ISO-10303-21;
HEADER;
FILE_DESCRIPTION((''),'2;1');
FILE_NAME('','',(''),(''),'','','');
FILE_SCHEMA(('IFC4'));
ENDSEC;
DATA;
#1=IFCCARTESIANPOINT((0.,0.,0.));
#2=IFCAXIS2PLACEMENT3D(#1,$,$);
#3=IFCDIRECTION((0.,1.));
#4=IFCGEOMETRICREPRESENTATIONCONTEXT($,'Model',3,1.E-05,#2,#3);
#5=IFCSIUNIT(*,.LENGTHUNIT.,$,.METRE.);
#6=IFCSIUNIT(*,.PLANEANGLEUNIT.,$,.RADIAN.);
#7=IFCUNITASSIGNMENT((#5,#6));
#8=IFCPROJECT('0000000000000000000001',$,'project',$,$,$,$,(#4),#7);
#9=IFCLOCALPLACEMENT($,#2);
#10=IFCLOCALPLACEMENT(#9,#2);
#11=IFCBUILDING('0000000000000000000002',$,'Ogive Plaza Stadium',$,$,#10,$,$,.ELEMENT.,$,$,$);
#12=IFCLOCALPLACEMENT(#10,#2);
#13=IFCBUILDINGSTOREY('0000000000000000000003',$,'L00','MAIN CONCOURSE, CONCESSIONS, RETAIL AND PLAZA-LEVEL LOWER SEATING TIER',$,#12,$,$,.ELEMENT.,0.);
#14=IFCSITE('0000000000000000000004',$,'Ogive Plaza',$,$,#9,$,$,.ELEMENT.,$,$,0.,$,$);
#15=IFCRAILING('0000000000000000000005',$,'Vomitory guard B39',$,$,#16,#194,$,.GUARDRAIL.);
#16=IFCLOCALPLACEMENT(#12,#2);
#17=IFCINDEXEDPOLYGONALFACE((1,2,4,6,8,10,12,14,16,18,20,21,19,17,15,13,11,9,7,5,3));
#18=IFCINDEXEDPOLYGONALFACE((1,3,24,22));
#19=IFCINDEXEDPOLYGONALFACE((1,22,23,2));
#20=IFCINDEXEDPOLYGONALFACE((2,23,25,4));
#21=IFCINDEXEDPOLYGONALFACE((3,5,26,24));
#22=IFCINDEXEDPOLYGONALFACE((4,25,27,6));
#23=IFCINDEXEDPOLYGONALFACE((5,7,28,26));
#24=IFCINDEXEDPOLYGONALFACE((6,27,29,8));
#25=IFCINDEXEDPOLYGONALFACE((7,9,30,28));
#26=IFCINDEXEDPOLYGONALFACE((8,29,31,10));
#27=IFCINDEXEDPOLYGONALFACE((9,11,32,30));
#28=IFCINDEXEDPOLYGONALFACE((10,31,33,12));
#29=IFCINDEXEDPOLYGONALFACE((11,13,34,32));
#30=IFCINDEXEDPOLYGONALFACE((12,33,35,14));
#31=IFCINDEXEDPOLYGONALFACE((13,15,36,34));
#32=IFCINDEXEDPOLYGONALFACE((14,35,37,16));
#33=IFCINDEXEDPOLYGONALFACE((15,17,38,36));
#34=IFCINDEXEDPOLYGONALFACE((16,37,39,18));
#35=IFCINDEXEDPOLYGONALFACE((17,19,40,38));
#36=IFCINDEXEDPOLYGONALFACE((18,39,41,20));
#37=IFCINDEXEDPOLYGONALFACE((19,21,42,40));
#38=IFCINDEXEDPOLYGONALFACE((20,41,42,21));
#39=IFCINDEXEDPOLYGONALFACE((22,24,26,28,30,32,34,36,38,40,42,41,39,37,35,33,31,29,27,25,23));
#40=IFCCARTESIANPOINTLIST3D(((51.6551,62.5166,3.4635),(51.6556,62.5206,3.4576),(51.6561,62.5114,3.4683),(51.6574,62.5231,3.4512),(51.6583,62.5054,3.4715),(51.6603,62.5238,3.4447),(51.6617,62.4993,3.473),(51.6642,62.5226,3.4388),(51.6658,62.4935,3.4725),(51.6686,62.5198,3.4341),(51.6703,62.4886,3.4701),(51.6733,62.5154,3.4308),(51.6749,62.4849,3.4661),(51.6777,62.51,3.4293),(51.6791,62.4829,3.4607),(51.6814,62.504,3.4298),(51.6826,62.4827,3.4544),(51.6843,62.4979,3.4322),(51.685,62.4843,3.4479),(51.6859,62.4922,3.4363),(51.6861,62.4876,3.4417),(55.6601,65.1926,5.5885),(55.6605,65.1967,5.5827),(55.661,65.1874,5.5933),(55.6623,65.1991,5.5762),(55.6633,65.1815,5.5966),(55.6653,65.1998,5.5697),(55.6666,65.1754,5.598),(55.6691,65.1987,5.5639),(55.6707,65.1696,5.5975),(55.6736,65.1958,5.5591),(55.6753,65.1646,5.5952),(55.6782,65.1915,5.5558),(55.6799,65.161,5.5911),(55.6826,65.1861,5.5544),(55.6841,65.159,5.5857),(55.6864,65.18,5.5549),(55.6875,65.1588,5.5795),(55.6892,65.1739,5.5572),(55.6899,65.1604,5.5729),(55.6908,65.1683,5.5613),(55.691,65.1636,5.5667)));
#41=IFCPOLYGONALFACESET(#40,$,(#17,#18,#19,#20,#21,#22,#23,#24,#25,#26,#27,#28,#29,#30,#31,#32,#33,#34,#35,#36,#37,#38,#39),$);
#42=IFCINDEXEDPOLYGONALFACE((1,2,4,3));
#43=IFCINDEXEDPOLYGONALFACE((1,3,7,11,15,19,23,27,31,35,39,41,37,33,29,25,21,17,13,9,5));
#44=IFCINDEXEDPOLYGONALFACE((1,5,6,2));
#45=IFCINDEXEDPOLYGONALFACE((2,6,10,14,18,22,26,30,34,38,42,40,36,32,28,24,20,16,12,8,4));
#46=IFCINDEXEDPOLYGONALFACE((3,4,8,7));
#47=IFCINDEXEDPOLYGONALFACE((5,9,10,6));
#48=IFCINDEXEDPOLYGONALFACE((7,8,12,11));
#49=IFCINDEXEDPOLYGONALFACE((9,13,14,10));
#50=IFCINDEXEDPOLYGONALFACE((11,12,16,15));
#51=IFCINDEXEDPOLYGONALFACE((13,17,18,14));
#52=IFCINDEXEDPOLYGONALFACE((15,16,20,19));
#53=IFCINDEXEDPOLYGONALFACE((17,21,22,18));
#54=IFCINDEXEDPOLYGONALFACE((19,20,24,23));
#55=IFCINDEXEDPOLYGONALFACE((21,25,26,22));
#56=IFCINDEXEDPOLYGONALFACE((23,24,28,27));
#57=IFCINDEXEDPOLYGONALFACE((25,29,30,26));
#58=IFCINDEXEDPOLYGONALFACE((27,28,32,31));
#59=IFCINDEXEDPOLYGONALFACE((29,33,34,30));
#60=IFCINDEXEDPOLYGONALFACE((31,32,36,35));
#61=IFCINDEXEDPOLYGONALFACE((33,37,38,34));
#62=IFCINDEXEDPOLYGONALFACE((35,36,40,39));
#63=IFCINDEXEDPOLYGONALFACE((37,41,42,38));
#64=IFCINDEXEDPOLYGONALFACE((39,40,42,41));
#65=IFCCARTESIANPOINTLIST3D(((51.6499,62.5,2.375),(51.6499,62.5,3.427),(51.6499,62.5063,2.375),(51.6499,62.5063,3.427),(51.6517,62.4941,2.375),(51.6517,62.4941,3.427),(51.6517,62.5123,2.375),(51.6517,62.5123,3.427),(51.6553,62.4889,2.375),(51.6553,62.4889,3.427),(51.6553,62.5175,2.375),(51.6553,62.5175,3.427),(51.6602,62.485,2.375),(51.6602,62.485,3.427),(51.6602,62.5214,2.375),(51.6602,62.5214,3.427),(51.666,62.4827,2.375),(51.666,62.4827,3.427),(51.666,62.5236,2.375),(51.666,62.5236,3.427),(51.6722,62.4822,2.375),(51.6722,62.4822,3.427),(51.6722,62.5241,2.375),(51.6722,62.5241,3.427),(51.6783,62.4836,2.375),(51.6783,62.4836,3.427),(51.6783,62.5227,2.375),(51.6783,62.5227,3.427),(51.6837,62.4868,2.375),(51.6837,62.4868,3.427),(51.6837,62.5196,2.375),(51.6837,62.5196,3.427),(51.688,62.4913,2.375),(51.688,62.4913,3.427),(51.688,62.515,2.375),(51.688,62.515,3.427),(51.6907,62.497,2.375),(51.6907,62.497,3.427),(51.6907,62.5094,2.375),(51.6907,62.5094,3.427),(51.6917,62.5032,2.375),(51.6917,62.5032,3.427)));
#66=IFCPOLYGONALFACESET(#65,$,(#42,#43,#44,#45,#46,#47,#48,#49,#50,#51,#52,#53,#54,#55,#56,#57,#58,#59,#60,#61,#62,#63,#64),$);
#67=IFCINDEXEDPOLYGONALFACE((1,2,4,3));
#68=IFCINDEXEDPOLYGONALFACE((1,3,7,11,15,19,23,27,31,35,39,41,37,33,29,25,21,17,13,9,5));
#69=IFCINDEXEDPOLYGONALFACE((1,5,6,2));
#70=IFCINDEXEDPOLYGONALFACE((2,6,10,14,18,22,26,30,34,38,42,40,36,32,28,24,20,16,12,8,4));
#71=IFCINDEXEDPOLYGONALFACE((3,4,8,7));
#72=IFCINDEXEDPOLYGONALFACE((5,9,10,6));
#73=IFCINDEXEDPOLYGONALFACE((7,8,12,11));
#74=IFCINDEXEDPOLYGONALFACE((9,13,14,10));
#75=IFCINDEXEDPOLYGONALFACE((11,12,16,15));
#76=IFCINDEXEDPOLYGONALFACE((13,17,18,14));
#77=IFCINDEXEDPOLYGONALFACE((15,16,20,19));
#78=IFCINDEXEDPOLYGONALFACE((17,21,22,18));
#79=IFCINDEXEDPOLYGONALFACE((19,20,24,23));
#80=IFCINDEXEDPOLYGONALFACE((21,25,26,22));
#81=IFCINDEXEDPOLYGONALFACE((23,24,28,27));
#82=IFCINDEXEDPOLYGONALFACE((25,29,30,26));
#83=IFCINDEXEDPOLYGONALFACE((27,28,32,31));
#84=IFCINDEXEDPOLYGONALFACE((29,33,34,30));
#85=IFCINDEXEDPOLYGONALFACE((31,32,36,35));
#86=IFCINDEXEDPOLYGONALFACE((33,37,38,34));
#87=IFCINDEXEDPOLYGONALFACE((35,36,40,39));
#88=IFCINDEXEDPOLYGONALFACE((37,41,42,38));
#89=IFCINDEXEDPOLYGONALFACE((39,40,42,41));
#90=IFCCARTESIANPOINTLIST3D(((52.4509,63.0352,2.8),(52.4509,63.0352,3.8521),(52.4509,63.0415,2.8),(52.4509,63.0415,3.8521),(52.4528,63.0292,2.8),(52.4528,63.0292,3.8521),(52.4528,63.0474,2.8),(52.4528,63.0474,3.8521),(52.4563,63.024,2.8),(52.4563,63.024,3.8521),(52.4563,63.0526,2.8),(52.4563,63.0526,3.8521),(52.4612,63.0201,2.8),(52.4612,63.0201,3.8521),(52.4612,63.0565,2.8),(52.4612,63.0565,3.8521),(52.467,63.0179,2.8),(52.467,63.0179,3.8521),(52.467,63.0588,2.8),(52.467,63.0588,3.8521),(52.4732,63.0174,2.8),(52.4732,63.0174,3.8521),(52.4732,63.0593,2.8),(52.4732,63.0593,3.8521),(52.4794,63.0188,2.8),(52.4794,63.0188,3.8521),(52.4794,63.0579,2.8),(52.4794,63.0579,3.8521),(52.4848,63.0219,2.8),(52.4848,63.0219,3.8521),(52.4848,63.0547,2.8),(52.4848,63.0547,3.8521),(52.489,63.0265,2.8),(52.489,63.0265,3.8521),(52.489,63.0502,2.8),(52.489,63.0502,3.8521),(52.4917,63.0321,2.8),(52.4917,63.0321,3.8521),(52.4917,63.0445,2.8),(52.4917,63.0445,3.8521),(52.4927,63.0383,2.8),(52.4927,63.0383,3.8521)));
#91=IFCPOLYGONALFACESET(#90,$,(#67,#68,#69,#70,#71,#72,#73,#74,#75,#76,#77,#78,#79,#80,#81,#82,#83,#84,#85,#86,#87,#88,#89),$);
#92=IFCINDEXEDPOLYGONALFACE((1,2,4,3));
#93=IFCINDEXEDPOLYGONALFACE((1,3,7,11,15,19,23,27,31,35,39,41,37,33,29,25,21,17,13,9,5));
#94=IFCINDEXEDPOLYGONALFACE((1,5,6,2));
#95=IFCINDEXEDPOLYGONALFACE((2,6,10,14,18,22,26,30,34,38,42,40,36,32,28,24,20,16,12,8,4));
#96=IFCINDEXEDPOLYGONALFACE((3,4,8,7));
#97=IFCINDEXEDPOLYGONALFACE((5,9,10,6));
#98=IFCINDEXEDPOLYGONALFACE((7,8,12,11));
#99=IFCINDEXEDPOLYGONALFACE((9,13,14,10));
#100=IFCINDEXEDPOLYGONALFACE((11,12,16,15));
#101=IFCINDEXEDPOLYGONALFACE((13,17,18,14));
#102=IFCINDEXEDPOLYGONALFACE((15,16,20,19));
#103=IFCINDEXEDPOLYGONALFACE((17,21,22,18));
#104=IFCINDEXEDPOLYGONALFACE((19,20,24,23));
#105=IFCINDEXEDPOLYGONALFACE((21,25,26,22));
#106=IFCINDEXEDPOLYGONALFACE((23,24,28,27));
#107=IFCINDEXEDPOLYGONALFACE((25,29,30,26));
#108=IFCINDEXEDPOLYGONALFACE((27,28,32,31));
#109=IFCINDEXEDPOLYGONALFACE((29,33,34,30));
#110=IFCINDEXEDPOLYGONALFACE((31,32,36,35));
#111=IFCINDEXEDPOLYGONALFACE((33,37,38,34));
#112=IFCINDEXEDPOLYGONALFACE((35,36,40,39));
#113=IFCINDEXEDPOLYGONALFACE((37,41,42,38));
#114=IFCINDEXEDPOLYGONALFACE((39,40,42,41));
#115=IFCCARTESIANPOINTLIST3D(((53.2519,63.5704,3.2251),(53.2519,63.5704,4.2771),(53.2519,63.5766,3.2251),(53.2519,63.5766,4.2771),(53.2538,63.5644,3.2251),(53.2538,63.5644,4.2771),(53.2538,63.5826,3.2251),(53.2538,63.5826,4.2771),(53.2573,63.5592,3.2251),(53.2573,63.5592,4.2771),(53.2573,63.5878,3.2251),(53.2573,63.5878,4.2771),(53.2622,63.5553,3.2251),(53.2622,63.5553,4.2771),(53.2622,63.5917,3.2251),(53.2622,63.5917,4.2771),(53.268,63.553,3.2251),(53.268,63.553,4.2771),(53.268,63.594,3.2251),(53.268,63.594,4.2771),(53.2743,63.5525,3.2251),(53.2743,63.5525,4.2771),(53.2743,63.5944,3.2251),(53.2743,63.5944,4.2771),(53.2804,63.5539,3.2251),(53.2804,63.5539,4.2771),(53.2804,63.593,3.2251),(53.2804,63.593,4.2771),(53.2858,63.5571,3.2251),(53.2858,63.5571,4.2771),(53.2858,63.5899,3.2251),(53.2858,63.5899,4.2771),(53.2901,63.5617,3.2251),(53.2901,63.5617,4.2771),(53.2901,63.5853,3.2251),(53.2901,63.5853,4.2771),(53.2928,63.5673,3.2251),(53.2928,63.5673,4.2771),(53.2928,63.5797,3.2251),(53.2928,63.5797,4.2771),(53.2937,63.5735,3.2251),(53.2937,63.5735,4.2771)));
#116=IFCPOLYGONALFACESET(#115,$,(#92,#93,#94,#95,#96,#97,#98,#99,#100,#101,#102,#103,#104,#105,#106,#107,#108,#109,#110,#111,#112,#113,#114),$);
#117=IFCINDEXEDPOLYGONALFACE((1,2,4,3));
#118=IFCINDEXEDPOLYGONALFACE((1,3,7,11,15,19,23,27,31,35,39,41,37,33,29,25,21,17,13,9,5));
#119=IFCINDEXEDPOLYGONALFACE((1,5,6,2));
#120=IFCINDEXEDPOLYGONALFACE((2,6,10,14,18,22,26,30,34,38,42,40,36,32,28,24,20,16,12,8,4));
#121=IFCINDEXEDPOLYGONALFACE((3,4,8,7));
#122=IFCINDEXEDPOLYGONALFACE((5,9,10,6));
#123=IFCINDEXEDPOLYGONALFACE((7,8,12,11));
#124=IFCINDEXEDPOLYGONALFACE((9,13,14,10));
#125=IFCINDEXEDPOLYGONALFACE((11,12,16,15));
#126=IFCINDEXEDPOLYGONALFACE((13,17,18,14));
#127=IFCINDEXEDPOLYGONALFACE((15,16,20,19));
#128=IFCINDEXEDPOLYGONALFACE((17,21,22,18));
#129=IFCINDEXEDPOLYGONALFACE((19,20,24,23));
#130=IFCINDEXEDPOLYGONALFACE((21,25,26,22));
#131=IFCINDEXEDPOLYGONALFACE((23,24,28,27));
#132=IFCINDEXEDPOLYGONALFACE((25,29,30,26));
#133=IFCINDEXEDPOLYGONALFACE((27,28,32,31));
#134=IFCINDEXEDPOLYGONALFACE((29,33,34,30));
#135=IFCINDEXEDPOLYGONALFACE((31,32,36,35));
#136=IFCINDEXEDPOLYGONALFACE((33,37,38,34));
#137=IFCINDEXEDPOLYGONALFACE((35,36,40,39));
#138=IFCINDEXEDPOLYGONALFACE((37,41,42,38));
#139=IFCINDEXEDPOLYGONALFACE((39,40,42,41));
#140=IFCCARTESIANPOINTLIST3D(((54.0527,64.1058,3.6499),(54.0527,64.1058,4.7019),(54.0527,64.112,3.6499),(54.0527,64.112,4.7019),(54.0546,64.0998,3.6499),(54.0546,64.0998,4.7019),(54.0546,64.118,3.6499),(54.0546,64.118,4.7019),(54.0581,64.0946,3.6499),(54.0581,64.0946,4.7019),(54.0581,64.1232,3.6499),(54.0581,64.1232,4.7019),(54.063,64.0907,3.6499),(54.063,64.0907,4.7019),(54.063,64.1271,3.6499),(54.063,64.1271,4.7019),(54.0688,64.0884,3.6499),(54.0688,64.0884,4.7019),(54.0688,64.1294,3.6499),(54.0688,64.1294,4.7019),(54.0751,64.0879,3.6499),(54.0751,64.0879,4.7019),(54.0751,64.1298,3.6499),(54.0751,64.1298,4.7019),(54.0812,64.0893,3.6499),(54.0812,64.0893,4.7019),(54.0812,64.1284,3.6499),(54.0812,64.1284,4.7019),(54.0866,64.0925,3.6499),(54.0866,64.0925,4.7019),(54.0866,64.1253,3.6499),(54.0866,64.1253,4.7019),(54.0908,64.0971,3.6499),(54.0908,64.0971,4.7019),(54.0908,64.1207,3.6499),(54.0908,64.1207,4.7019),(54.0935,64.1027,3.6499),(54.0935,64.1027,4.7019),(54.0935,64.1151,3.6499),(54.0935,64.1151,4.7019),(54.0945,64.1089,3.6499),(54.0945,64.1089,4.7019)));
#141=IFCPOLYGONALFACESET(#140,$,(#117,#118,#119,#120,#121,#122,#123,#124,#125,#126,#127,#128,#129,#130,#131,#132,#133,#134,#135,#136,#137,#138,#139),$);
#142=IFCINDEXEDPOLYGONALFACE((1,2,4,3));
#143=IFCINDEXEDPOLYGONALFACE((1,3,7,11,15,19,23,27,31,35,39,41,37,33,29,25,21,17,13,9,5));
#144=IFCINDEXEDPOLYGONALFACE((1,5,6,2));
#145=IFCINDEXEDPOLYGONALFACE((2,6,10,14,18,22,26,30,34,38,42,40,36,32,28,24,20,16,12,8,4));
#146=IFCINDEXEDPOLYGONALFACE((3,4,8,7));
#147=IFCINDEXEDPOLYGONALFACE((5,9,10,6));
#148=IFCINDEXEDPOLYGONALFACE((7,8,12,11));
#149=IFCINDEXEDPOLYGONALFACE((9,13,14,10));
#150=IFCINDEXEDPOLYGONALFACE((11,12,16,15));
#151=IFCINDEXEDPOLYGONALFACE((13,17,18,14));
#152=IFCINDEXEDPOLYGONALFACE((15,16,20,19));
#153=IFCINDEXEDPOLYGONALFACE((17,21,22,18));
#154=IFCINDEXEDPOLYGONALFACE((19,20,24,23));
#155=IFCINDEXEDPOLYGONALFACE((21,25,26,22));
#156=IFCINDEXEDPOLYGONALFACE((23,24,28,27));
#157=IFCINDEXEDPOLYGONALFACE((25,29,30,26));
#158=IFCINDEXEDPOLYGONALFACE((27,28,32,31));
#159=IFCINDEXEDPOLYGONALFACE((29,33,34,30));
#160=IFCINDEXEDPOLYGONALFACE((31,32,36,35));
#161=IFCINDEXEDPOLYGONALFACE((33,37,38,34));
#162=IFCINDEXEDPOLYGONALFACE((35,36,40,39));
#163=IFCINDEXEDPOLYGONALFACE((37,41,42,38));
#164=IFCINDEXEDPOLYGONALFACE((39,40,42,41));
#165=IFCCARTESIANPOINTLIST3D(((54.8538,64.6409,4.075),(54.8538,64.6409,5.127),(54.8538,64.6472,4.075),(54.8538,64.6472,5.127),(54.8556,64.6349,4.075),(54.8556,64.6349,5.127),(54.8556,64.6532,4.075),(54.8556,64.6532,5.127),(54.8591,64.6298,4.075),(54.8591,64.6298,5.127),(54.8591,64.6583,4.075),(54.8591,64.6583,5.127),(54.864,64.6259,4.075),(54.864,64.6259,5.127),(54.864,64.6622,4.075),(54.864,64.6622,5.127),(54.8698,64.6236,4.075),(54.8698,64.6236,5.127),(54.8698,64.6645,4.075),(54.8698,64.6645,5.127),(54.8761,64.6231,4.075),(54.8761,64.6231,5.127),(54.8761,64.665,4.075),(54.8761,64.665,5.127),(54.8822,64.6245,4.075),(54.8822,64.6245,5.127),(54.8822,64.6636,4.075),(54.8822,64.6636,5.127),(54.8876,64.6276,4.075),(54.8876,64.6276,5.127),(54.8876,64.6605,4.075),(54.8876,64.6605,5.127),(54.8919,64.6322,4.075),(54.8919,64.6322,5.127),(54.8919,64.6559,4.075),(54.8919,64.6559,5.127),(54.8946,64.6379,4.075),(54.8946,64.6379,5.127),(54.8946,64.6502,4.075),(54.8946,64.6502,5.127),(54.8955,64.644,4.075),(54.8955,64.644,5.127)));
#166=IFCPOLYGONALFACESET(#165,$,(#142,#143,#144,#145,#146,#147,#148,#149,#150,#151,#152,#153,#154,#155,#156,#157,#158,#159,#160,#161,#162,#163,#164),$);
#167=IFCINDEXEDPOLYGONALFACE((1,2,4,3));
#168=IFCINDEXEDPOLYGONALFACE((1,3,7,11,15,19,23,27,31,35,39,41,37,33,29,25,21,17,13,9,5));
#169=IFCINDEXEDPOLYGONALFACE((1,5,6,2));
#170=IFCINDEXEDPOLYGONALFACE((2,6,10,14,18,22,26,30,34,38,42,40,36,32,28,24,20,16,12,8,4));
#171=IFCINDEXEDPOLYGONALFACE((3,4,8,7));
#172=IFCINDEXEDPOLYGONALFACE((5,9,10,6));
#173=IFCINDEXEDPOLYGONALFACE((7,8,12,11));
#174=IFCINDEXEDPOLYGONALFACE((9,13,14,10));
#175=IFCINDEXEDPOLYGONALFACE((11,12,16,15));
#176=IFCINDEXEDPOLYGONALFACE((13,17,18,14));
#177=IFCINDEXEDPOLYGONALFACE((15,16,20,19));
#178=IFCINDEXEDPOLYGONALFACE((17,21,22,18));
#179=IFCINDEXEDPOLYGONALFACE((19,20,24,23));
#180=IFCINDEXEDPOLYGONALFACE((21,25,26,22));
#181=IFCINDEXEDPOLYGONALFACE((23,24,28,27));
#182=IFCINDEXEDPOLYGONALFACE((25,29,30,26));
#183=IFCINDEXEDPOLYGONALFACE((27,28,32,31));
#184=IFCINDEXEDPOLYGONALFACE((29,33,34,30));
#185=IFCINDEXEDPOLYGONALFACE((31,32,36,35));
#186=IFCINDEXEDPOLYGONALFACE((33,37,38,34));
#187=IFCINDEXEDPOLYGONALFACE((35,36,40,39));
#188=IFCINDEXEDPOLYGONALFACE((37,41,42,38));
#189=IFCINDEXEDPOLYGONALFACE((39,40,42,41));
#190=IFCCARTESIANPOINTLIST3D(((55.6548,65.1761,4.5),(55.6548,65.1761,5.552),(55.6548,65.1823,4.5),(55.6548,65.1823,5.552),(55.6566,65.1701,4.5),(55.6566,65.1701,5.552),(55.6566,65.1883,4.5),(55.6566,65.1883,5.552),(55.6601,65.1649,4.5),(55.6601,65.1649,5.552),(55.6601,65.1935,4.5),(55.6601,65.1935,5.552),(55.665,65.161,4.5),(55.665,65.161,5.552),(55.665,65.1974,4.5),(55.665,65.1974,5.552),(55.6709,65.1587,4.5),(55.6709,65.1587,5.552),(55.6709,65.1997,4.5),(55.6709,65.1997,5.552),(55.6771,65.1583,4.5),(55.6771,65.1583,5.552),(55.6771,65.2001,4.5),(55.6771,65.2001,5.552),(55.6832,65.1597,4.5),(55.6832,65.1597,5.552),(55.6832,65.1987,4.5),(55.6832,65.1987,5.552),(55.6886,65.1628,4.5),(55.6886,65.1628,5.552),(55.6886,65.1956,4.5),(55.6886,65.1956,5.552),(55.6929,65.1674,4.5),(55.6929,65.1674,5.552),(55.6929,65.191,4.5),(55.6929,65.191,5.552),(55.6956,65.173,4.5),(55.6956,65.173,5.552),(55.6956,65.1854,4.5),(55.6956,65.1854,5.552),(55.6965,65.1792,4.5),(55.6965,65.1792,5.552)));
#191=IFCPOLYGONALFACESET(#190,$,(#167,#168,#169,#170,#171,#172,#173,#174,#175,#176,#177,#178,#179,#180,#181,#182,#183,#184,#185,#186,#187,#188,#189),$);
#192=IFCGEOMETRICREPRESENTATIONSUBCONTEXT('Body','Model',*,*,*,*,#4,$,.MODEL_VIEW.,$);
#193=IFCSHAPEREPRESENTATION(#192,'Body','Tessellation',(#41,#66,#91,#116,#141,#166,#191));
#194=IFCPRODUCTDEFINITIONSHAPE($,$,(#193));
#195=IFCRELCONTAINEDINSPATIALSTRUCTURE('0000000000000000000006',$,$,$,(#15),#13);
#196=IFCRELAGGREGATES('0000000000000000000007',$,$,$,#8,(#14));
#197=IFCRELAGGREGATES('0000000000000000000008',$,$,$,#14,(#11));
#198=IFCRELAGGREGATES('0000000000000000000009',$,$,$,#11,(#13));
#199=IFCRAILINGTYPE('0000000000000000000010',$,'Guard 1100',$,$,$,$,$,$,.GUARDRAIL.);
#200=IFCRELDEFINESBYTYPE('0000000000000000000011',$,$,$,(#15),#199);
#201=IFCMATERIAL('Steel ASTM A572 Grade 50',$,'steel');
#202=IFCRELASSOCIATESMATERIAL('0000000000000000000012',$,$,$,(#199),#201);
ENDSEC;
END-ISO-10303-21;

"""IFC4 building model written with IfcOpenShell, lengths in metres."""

from ifc_helpers import new_model, si_unit, direction, frame, origin, origin_2d, place, context, subcontext, project, spatial, circle, extrude, material, type_object, element, save


model = new_model("IFC4")

# Units and contexts
model_context = context("Model", 3, precision=1e-05, world=origin(), true_north=direction((0.0, 1.0)))
body_context = subcontext(model_context, "Body", "Model", "MODEL_VIEW")
ifc_project = project(units=[si_unit("LENGTHUNIT", "METRE"), si_unit("PLANEANGLEUNIT", "RADIAN")], contexts=[model_context])

# Site, building, storey
site_placement = place(None, origin())
site = spatial("IfcSite", under=ifc_project, at=site_placement, Name="Ogive Plaza", CompositionType="ELEMENT", RefElevation=0.0)
building_placement = place(site_placement, origin())
building = spatial("IfcBuilding", under=site, at=building_placement, Name="Ogive Plaza Stadium", CompositionType="ELEMENT")
storey_placement = place(building_placement, origin())
storey = spatial("IfcBuildingStorey", under=building, at=storey_placement, Name="L00", Description="MAIN CONCOURSE, CONCESSIONS, RETAIL AND PLAZA-LEVEL LOWER SEATING TIER", CompositionType="ELEMENT", Elevation=0.0)

# Railing
ifc_material_1 = material(Name="Steel ASTM A572 Grade 50", Category="steel")
railing_type = type_object("IfcRailingType", Name="Guard 1100", PredefinedType="GUARDRAIL", material=ifc_material_1)
for number, where, name in (
    (1, (51.6707, 62.5032, 2.375), "Vomitory guard B39"),
):
    element("IfcRailing", number, at=place(storey_placement, frame(where)), inside=storey, type_object=railing_type, Name=name, PredefinedType="GUARDRAIL", context=body_context, shape_type="SweptSolid", body=[
        extrude(circle(Radius=0.0239, at=origin_2d()), frame((0.0, 0.0, 1.0762), z_axis=(0.760722, 0.508307, 0.403641), x_axis=(-0.555577, 0.831465, 0.0)), (0.0, 0.0, 1.0), 5.2646),
        extrude(circle(Radius=0.021, at=origin_2d()), origin(), (0.0, 0.0, 1.0), 1.052),
        extrude(circle(Radius=0.021, at=origin_2d()), frame((0.801, 0.5352, 0.425)), (0.0, 0.0, 1.0), 1.052),
        extrude(circle(Radius=0.021, at=origin_2d()), frame((1.6021, 1.0703, 0.8501)), (0.0, 0.0, 1.0), 1.052),
        extrude(circle(Radius=0.021, at=origin_2d()), frame((2.4028, 1.6057, 1.2749)), (0.0, 0.0, 1.0), 1.052),
        extrude(circle(Radius=0.021, at=origin_2d()), frame((3.2039, 2.1409, 1.7)), (0.0, 0.0, 1.0), 1.052),
        extrude(circle(Radius=0.021, at=origin_2d()), frame((4.0049, 2.676, 2.125)), (0.0, 0.0, 1.0), 1.052),
    ])

save(model, "model.ifc")
